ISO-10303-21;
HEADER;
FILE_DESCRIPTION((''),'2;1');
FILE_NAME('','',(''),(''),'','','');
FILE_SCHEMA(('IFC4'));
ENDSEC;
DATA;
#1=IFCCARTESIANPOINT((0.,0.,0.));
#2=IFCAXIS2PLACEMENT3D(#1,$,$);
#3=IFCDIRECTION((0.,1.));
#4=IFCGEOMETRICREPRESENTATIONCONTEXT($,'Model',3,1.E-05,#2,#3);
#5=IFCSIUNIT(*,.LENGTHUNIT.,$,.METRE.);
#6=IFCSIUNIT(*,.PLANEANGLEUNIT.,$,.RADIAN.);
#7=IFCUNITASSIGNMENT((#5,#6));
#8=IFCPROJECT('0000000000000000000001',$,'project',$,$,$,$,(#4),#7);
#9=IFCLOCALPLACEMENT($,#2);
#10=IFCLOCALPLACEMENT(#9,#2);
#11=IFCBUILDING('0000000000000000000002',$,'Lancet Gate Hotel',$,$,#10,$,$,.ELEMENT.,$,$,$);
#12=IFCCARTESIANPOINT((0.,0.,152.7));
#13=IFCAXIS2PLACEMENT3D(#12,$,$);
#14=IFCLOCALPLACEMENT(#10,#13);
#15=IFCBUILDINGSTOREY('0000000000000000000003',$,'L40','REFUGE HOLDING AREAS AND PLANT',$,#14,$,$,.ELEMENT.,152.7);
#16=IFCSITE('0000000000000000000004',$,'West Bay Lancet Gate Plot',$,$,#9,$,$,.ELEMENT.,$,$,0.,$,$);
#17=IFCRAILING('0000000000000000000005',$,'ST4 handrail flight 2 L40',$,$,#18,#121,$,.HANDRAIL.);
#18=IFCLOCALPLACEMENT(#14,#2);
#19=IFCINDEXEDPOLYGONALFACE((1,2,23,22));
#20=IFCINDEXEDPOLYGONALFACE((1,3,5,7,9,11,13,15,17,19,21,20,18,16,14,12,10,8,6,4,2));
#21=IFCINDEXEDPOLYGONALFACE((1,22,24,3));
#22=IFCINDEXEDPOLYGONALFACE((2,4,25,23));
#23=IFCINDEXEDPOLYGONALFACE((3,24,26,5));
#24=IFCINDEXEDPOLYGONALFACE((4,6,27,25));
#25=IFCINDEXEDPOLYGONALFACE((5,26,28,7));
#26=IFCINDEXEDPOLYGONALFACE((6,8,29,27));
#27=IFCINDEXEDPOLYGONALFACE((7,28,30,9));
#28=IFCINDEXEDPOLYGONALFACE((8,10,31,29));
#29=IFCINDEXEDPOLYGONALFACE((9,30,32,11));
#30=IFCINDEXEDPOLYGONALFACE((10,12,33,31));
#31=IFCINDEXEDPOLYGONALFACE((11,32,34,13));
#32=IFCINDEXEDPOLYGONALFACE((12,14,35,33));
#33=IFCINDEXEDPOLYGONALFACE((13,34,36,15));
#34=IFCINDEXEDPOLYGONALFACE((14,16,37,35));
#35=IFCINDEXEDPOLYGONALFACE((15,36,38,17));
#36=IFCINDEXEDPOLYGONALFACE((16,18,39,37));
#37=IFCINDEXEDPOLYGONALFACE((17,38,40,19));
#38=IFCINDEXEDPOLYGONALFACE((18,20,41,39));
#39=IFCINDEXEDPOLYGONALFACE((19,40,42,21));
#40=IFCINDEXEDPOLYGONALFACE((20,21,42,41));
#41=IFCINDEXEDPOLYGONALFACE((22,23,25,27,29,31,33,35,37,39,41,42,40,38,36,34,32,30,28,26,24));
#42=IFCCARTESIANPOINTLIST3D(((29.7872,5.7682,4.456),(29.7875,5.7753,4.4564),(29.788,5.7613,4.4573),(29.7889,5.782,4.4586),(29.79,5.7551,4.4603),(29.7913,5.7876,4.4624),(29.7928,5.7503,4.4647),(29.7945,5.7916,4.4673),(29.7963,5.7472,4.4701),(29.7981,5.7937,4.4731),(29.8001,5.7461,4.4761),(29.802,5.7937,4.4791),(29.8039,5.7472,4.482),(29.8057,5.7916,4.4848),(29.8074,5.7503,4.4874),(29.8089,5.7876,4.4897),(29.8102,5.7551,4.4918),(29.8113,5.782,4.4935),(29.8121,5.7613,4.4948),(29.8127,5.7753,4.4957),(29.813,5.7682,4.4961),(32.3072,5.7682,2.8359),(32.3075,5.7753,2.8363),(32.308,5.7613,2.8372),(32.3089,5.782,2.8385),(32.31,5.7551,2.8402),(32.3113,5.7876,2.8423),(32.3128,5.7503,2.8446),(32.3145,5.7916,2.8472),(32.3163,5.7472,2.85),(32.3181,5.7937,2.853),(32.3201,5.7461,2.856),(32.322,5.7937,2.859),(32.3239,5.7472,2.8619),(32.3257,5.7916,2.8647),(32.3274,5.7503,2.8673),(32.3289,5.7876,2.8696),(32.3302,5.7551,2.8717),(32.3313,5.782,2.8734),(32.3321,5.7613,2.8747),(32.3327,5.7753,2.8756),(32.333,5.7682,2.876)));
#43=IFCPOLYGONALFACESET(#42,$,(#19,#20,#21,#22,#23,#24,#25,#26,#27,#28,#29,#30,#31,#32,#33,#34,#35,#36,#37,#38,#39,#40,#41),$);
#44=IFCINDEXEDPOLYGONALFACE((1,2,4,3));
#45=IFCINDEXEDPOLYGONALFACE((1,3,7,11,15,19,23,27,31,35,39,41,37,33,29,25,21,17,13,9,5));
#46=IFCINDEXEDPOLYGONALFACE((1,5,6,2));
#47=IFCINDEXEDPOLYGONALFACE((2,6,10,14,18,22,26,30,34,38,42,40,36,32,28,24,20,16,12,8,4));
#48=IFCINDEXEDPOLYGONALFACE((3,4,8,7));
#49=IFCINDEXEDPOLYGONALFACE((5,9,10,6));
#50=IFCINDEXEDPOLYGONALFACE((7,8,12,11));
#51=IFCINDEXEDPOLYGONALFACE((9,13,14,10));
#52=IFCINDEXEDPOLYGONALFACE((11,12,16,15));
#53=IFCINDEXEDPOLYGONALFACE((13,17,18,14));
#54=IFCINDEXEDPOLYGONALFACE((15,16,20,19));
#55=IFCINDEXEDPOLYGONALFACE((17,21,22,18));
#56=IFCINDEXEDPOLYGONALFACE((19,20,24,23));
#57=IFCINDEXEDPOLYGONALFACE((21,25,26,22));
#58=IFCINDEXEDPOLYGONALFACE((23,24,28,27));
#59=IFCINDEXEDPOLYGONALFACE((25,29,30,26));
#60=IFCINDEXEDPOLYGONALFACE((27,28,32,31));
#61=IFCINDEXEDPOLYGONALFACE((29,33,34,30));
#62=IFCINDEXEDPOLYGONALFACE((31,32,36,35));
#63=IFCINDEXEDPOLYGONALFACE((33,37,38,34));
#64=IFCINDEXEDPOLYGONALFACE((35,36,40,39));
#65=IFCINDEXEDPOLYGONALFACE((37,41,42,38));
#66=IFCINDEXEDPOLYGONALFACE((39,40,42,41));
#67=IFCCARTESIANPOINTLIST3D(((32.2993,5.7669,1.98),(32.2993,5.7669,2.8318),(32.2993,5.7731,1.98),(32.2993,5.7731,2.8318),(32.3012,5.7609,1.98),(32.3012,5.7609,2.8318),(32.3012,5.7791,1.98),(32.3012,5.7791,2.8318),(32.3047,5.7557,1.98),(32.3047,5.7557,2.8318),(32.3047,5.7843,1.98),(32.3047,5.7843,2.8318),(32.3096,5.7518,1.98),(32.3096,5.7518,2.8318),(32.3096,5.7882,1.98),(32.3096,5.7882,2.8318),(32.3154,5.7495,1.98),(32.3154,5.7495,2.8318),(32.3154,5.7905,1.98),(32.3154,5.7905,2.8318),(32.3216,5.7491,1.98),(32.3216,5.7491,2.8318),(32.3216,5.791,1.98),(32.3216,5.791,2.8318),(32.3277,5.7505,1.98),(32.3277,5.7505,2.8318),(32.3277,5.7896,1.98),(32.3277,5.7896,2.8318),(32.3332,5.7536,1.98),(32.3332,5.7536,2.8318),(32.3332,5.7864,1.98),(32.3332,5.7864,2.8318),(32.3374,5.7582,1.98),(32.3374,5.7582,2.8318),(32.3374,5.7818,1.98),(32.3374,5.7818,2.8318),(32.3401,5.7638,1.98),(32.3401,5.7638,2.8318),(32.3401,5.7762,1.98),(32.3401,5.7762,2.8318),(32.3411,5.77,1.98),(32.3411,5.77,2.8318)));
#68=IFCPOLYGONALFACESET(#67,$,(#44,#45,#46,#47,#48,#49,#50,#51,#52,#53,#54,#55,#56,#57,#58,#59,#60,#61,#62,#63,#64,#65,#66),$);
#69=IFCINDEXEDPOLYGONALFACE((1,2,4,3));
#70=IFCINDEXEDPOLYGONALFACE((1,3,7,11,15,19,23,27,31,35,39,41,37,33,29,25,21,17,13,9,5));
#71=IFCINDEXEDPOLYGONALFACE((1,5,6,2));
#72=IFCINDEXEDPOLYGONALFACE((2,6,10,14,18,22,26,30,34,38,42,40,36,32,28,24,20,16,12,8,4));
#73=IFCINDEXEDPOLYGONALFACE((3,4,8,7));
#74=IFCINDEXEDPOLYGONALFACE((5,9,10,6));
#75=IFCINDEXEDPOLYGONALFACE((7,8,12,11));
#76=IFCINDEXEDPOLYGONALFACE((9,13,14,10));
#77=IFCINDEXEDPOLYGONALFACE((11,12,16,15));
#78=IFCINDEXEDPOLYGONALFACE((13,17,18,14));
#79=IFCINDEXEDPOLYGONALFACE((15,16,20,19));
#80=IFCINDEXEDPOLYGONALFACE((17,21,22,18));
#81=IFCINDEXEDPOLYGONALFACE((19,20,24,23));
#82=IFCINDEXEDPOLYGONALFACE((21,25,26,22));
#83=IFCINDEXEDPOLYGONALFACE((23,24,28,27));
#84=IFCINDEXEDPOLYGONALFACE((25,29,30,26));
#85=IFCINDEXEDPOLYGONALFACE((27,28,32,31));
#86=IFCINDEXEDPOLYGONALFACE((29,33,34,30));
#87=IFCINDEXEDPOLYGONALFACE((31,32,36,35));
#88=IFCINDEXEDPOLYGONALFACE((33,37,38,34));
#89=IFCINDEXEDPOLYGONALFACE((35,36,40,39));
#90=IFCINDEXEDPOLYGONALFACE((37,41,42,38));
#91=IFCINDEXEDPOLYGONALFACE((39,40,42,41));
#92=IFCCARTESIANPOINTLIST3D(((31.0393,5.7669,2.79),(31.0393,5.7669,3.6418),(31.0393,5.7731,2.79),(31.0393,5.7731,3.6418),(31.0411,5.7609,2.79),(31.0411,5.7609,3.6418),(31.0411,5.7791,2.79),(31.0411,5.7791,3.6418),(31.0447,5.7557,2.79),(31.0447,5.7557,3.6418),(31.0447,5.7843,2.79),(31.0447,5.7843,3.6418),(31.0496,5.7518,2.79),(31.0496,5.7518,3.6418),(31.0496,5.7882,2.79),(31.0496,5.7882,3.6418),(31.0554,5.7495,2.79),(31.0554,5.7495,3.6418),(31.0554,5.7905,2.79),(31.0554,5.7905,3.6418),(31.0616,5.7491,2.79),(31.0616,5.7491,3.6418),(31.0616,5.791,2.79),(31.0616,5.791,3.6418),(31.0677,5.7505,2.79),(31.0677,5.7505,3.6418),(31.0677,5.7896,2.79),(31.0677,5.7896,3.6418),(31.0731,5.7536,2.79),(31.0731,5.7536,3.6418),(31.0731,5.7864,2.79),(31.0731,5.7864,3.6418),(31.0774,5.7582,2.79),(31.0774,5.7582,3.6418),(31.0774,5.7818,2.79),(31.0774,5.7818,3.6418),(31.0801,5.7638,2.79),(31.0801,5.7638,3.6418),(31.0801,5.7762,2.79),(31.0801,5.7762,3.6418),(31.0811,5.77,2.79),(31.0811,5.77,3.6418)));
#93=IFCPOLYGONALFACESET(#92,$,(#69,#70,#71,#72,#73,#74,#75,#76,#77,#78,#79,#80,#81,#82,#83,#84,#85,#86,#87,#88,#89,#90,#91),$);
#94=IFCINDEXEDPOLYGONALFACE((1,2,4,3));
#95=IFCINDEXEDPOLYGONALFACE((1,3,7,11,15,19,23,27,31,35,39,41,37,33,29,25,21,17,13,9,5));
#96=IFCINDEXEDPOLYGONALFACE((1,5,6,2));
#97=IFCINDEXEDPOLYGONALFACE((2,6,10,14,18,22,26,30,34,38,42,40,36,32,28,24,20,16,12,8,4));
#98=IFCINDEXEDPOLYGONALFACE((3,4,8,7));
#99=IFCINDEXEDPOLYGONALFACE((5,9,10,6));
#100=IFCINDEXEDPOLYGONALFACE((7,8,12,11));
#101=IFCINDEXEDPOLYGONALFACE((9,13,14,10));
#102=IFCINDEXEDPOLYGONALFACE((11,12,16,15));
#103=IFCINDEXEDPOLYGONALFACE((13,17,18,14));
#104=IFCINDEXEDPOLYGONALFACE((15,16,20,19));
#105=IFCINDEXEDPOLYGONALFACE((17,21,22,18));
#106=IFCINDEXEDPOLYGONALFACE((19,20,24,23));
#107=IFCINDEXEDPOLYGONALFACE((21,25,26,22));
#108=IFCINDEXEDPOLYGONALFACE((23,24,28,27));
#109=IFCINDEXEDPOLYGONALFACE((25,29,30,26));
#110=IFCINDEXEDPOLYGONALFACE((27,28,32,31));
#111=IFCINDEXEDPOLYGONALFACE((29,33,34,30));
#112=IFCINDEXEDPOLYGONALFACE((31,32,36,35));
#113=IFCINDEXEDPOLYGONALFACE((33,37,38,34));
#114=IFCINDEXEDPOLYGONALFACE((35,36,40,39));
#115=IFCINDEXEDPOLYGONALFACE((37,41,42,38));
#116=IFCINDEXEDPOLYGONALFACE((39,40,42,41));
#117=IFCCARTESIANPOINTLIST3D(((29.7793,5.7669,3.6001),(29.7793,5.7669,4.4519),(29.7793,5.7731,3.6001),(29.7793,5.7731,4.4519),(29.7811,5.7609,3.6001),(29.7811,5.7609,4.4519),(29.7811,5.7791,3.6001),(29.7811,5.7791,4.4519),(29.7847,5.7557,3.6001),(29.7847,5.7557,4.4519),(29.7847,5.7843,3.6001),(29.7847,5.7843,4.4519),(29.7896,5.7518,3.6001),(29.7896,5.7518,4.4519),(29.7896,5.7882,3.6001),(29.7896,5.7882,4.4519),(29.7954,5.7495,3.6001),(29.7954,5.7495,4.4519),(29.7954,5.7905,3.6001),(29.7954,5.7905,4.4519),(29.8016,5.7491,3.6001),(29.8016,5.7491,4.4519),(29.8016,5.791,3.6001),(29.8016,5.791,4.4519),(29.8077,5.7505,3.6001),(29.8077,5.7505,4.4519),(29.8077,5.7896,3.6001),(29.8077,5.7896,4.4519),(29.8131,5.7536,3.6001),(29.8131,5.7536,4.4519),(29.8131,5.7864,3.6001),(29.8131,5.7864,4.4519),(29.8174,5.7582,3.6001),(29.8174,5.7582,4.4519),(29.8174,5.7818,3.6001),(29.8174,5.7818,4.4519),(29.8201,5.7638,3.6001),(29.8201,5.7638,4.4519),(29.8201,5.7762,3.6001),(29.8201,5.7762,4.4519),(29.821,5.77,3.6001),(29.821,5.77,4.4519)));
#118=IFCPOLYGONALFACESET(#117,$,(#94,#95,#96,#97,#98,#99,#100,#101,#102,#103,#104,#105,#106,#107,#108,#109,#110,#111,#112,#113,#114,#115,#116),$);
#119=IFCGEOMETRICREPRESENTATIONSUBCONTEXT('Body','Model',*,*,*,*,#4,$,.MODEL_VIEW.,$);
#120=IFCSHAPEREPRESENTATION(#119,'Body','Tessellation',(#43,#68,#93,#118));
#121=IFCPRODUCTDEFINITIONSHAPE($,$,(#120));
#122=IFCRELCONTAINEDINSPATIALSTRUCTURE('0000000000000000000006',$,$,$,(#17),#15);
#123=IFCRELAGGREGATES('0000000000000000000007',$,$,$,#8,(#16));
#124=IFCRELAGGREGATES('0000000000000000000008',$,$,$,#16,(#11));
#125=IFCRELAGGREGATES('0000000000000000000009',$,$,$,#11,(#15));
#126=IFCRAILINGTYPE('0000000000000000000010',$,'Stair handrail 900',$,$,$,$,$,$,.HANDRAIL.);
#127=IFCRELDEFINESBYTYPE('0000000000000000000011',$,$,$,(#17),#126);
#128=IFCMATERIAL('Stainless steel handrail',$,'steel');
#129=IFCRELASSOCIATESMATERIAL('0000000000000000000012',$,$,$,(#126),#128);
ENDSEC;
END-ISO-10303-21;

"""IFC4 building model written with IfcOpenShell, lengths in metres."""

from ifc_helpers import new_model, si_unit, direction, frame, origin, origin_2d, place, context, subcontext, project, spatial, circle, extrude, material, type_object, element, save


model = new_model("IFC4")

# Units and contexts
model_context = context("Model", 3, precision=1e-05, world=origin(), true_north=direction((0.0, 1.0)))
body_context = subcontext(model_context, "Body", "Model", "MODEL_VIEW")
ifc_project = project(units=[si_unit("LENGTHUNIT", "METRE"), si_unit("PLANEANGLEUNIT", "RADIAN")], contexts=[model_context])

# Site, building, storey
site_placement = place(None, origin())
site = spatial("IfcSite", under=ifc_project, at=site_placement, Name="West Bay Lancet Gate Plot", CompositionType="ELEMENT", RefElevation=0.0)
building_placement = place(site_placement, origin())
building = spatial("IfcBuilding", under=site, at=building_placement, Name="Lancet Gate Hotel", CompositionType="ELEMENT")
storey_placement = place(building_placement, frame((0.0, 0.0, 152.7)))
storey = spatial("IfcBuildingStorey", under=building, at=storey_placement, Name="L40", Description="REFUGE HOLDING AREAS AND PLANT", CompositionType="ELEMENT", Elevation=152.7)

# Railing
ifc_material_1 = material(Name="Stainless steel handrail", Category="steel")
railing_type = type_object("IfcRailingType", Name="Stair handrail 900", PredefinedType="HANDRAIL", material=ifc_material_1)
railing_1_placement = place(storey_placement, frame((32.3201, 5.77, 1.98)))
element("IfcRailing", 1, at=railing_1_placement, inside=storey, type_object=railing_type, Name="ST4 handrail flight 2 L40", PredefinedType="HANDRAIL", context=body_context, shape_type="SweptSolid", body=[
    extrude(circle(Radius=0.0239, at=origin_2d()), frame((0.0, 0.0, 0.876), z_axis=(-0.841163, 0.0, 0.540782), x_axis=(0.0, -1.0, 0.0)), (0.0, 0.0, 1.0), 2.9958),
    extrude(circle(Radius=0.021, at=origin_2d()), origin(), (0.0, 0.0, 1.0), 0.8518),
    extrude(circle(Radius=0.021, at=origin_2d()), frame((-1.26, 0.0, 0.8101)), (0.0, 0.0, 1.0), 0.8518),
    extrude(circle(Radius=0.021, at=origin_2d()), frame((-2.52, 0.0, 1.6201)), (0.0, 0.0, 1.0), 0.8518),
])

save(model, "model.ifc")
